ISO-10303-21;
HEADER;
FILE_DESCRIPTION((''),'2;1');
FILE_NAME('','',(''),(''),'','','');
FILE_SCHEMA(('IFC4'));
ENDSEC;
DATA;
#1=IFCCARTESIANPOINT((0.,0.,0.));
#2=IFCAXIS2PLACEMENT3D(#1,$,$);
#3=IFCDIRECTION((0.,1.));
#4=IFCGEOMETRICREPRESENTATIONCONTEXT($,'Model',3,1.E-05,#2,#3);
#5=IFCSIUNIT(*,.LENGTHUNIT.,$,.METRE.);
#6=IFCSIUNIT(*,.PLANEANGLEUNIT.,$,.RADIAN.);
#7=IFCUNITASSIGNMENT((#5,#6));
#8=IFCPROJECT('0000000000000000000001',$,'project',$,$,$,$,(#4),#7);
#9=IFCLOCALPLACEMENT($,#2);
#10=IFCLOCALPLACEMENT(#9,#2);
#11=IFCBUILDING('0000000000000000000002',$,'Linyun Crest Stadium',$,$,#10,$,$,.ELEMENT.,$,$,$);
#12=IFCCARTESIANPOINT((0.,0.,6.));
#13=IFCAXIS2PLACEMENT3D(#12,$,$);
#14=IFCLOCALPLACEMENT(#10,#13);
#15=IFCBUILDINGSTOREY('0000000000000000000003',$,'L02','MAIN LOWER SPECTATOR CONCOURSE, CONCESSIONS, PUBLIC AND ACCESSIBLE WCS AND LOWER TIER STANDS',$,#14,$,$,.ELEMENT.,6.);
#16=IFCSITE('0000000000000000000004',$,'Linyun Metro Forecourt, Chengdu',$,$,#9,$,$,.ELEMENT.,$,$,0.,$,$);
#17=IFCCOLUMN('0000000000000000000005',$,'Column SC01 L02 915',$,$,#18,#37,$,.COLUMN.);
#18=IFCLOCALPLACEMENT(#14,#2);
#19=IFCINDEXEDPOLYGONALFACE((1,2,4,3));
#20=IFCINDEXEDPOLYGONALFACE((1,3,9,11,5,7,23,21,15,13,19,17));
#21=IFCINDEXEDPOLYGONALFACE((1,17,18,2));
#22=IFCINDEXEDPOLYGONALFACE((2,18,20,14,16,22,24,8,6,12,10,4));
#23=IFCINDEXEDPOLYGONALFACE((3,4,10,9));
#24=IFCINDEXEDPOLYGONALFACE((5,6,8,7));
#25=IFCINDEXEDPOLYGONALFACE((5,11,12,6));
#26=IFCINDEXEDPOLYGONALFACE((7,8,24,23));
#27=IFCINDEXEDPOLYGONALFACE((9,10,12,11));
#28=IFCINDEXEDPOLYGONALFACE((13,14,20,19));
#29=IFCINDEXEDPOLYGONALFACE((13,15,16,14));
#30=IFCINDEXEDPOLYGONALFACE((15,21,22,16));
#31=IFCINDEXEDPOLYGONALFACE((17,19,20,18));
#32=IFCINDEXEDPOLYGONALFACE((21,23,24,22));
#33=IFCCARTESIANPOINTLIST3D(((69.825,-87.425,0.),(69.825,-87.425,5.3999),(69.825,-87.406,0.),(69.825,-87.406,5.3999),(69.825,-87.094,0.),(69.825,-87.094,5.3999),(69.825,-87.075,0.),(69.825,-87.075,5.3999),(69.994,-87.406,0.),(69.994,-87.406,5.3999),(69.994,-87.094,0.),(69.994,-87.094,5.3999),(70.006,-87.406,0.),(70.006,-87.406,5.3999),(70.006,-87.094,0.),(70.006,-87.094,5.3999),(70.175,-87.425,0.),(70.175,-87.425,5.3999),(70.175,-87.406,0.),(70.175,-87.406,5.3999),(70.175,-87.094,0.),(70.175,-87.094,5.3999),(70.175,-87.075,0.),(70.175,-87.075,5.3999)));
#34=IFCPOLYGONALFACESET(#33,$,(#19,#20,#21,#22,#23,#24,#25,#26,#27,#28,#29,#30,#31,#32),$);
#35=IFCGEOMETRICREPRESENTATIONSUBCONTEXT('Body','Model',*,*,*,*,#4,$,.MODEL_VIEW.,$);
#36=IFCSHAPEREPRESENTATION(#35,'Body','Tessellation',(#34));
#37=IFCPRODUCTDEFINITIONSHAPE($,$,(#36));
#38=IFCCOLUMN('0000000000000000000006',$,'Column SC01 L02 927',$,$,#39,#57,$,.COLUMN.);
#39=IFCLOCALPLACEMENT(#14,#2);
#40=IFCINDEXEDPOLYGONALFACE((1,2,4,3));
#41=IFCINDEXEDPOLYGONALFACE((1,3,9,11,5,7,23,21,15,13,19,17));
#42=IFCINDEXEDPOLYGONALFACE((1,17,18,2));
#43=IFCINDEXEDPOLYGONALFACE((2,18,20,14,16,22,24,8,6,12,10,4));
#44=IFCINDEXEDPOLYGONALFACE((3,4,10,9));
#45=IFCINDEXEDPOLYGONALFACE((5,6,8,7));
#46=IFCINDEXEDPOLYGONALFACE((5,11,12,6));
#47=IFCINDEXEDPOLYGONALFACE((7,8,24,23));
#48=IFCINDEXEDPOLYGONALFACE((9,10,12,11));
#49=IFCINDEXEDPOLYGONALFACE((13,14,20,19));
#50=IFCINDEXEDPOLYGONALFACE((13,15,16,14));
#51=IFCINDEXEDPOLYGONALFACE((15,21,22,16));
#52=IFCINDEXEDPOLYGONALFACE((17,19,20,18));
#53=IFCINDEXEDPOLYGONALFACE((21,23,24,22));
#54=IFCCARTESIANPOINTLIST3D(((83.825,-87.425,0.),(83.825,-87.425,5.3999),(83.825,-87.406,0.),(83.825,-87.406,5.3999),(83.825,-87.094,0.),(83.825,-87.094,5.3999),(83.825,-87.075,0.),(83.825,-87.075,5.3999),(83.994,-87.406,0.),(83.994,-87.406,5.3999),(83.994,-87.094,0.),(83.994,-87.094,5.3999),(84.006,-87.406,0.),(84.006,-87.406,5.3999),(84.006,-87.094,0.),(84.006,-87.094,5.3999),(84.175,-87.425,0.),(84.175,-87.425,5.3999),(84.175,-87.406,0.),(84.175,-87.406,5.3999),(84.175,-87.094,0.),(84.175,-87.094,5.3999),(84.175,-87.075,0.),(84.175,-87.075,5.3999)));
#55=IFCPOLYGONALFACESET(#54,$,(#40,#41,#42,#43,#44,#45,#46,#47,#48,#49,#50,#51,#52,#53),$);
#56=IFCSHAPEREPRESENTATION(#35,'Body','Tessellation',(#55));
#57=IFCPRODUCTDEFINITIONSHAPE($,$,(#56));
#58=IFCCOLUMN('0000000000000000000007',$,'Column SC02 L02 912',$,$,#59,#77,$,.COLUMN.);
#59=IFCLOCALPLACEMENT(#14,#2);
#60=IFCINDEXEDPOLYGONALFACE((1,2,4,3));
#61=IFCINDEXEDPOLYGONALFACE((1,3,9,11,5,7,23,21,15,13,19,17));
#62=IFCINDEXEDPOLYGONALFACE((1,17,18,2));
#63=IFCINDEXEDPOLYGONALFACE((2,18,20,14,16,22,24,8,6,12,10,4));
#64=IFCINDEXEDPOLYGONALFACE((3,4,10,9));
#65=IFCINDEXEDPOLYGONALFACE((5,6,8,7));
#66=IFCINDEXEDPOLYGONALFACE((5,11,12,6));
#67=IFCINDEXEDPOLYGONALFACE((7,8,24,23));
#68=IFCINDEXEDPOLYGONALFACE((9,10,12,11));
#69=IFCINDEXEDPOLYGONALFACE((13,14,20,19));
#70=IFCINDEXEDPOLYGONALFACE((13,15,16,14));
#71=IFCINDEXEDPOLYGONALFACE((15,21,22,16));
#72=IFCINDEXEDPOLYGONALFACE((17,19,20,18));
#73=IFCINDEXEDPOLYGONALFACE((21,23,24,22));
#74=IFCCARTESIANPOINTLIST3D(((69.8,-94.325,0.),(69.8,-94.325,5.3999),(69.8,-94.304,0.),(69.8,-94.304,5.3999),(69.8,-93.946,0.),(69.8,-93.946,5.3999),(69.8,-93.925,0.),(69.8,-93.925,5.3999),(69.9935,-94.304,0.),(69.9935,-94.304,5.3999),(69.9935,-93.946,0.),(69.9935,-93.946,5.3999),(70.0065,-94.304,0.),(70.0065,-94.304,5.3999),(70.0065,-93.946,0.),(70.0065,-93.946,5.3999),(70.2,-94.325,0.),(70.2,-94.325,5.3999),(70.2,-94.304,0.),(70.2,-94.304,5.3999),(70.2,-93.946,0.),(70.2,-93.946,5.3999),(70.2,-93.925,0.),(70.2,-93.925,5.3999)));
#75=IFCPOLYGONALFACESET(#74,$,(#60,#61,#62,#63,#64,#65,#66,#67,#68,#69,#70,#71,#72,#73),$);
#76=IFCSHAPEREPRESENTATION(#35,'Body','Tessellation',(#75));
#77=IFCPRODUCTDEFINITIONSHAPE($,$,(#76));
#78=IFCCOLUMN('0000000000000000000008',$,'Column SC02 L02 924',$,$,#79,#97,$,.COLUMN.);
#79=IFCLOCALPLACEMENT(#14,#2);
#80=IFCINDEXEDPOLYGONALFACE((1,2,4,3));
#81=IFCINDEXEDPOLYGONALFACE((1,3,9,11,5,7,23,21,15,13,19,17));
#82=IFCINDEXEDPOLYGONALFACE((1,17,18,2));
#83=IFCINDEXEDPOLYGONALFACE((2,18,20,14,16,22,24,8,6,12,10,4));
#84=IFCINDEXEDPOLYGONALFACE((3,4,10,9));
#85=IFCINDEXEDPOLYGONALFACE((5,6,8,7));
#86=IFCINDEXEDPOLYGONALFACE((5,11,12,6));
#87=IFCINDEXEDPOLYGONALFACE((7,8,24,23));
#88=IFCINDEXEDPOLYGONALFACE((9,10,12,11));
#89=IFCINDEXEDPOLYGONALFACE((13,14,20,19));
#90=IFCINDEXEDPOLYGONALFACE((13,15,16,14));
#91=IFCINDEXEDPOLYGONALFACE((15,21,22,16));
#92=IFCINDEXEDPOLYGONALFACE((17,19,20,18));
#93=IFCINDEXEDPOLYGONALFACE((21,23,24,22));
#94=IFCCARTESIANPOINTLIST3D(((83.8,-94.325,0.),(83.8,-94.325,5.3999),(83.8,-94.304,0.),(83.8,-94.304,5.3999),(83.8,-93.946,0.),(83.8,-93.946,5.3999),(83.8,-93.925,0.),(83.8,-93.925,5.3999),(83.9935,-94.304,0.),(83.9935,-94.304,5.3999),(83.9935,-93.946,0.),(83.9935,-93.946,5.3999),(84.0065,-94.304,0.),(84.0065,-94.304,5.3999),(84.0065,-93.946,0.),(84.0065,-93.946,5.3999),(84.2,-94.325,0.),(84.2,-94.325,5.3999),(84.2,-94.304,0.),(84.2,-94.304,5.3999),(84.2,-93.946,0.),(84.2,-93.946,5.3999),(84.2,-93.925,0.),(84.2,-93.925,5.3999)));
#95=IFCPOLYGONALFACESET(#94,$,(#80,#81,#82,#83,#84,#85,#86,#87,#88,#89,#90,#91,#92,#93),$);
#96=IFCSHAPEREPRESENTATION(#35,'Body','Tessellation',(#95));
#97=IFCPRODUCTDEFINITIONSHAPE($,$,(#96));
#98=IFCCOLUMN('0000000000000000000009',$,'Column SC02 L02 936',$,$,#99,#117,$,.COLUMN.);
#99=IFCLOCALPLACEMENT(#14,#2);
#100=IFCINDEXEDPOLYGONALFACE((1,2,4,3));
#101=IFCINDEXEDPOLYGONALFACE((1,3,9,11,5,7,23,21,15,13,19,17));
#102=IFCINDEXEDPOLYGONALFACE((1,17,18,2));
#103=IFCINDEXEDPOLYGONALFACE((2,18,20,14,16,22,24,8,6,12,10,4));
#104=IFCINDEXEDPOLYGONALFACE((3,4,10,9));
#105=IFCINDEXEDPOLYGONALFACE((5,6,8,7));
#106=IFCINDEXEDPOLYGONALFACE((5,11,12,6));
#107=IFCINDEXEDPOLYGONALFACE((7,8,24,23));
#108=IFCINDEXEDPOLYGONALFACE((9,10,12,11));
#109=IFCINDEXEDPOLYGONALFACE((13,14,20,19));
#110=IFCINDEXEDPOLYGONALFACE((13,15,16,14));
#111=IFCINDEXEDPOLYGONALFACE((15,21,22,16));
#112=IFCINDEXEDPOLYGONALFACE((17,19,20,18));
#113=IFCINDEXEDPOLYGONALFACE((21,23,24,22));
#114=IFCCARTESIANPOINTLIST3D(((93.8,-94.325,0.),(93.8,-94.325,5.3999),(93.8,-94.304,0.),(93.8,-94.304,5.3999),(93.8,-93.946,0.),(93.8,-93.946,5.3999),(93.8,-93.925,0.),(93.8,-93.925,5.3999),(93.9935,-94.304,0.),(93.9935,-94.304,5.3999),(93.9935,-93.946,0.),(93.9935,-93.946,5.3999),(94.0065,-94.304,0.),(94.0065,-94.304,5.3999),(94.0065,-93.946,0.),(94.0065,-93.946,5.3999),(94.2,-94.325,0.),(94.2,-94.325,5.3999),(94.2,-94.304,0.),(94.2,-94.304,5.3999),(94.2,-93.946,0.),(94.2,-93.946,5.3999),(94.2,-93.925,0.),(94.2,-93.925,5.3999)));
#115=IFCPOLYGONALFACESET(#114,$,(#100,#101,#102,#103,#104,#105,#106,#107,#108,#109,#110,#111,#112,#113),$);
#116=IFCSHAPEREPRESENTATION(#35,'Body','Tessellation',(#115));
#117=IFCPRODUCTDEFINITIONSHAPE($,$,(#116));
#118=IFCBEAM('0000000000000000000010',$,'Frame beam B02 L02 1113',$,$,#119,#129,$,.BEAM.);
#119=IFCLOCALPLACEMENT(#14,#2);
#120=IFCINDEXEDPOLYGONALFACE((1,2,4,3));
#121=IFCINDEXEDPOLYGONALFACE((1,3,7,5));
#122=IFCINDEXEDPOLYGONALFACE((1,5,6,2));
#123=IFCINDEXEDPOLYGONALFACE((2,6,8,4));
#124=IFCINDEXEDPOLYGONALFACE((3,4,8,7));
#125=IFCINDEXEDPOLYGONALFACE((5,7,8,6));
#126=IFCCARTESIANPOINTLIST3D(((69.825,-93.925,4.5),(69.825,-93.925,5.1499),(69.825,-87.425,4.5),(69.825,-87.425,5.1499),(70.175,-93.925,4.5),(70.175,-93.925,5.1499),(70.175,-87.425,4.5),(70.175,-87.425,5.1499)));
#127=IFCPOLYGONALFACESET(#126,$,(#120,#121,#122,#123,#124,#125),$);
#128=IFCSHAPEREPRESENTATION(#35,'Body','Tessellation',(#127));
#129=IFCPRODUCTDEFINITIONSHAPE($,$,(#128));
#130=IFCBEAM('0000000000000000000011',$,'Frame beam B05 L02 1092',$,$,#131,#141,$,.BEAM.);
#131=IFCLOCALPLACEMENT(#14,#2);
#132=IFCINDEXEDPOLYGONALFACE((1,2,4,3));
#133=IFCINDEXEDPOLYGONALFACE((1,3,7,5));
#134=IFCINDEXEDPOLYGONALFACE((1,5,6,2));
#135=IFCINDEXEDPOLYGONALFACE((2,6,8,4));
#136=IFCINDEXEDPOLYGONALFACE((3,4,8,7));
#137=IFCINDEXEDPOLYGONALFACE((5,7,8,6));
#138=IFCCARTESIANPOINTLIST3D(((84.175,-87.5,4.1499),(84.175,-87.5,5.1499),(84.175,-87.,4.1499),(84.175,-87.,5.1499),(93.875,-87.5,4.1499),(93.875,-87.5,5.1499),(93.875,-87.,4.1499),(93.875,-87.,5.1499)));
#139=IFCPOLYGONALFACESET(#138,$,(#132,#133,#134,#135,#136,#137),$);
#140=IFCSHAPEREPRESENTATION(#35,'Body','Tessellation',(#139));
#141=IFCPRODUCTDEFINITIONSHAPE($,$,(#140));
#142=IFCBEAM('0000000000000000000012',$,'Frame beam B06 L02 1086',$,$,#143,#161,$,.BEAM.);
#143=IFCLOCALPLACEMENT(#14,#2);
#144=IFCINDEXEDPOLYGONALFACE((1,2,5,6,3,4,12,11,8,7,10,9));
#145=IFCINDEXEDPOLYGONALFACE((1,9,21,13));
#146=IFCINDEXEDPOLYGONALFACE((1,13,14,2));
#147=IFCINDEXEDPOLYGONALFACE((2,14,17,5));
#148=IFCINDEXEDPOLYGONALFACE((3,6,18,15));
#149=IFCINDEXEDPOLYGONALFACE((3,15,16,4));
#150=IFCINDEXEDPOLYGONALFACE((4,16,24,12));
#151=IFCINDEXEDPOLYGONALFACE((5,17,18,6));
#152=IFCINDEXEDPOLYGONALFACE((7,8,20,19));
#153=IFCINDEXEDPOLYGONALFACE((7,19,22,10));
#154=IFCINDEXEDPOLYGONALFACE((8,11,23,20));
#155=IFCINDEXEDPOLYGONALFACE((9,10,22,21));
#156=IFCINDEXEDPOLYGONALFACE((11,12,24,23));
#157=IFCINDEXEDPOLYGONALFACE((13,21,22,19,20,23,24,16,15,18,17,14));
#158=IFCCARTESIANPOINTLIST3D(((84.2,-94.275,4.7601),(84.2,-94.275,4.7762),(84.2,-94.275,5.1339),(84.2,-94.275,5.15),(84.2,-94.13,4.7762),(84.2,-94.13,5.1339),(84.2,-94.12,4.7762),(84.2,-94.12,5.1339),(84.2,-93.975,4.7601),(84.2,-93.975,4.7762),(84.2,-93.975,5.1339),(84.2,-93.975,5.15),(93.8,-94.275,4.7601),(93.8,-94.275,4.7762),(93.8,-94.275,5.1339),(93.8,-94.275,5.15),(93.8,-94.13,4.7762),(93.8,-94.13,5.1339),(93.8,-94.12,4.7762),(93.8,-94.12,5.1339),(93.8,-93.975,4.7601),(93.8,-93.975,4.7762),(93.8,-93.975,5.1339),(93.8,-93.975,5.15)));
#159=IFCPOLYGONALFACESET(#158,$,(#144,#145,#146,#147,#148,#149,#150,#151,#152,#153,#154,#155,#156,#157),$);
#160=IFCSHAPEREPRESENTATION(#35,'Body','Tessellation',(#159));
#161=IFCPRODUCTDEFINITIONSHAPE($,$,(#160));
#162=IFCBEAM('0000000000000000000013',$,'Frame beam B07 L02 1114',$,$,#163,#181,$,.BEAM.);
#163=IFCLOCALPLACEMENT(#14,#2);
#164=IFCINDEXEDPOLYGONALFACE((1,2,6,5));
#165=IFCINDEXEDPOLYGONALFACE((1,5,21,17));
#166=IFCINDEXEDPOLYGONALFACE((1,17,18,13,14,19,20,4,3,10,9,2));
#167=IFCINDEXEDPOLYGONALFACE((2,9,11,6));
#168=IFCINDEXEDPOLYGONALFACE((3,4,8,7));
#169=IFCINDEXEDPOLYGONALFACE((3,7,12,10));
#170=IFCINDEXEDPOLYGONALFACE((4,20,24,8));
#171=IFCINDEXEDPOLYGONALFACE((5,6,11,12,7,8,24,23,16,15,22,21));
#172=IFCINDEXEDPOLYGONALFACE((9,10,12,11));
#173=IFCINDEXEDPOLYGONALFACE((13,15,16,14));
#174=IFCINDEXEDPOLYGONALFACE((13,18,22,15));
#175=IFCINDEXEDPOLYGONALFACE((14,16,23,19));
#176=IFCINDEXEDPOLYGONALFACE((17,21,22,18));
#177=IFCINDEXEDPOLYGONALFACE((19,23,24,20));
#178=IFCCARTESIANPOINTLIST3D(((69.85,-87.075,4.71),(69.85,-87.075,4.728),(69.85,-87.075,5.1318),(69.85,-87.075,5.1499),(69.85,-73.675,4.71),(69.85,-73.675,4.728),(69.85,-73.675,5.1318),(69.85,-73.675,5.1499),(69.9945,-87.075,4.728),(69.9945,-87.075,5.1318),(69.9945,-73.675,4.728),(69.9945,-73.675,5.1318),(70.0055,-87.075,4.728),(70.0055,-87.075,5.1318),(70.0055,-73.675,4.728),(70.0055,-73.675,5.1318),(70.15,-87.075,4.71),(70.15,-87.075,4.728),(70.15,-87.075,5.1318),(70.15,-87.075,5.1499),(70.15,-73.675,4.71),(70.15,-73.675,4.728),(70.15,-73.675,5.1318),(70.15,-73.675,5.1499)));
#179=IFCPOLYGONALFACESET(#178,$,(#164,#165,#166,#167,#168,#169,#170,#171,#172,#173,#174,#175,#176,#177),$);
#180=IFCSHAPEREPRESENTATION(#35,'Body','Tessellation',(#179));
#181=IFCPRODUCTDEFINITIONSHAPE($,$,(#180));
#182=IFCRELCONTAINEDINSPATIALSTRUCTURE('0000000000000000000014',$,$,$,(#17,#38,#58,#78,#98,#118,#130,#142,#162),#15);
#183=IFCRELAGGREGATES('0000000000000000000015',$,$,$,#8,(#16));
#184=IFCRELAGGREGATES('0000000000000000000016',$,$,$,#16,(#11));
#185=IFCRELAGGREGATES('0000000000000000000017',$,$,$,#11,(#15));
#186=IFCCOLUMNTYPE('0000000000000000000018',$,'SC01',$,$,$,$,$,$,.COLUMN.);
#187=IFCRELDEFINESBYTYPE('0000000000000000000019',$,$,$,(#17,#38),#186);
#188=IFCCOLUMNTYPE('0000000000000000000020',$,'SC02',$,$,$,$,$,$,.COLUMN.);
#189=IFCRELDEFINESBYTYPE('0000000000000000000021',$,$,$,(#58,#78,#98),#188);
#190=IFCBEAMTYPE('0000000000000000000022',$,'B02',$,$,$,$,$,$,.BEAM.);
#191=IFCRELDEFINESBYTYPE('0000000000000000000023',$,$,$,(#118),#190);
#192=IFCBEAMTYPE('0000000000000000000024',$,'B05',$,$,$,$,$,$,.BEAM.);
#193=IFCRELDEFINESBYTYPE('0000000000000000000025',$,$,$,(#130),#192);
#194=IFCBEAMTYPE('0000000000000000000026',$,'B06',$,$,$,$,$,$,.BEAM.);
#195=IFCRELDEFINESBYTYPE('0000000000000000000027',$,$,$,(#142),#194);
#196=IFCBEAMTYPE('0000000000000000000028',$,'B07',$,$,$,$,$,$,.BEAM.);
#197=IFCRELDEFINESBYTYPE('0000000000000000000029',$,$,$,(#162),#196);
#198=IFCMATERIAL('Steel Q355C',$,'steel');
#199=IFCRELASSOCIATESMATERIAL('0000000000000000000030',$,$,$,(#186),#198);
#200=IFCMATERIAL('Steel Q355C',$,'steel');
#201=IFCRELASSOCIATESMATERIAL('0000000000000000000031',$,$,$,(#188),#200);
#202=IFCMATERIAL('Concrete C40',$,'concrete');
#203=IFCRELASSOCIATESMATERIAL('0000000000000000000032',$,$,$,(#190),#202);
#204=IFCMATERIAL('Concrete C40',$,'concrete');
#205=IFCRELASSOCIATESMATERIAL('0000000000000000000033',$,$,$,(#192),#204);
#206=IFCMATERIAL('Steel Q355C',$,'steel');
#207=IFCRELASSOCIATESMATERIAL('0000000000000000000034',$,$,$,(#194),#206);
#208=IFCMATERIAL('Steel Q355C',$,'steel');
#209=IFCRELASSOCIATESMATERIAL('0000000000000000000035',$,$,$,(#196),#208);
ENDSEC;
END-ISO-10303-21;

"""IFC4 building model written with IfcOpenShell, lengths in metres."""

from ifc_helpers import new_model, si_unit, direction, frame, origin, origin_2d, place, context, subcontext, project, spatial, rectangle, i_section, extrude, material, material_profile, profile_set, type_object, element, save


model = new_model("IFC4")

# Units and contexts
model_context = context("Model", 3, precision=1e-05, world=origin(), true_north=direction((0.0, 1.0)))
body_context = subcontext(model_context, "Body", "Model", "MODEL_VIEW")
ifc_project = project(units=[si_unit("LENGTHUNIT", "METRE"), si_unit("PLANEANGLEUNIT", "RADIAN")], contexts=[model_context])

# Site, building, storey
site_placement = place(None, origin())
site = spatial("IfcSite", under=ifc_project, at=site_placement, Name="Linyun Metro Forecourt, Chengdu", CompositionType="ELEMENT", RefElevation=0.0)
building_placement = place(site_placement, origin())
building = spatial("IfcBuilding", under=site, at=building_placement, Name="Linyun Crest Stadium", CompositionType="ELEMENT")
storey_placement = place(building_placement, frame((0.0, 0.0, 6.0)))
storey = spatial("IfcBuildingStorey", under=building, at=storey_placement, Name="L02", Description="MAIN LOWER SPECTATOR CONCOURSE, CONCESSIONS, PUBLIC AND ACCESSIBLE WCS AND LOWER TIER STANDS", CompositionType="ELEMENT", Elevation=6.0)

# Columns
ifc_material_1 = material(Name="Steel Q355C", Category="steel")
ifc_material_profile_1 = material_profile(ifc_material_1, i_section(OverallWidth=0.3501, OverallDepth=0.3501, WebThickness=0.012, FlangeThickness=0.019, at=origin_2d()), Name="HW 350x350")
ifc_profile_set_1 = profile_set([ifc_material_profile_1], Name="Steel Q355C")
column_type_1 = type_object("IfcColumnType", Name="SC01", PredefinedType="COLUMN", material=ifc_profile_set_1)
for number, where, z_axis, x_axis, name in (
    (1, (70.0, -87.25, 0.0), (0.0, 0.0, 1.0), (1.0, 0.0, 0.0), "Column SC01 L02 915"),
    (2, (84.0, -87.25, 0.0), (0.0, 0.0, 1.0), (1.0, 0.0, 0.0), "Column SC01 L02 927"),
):
    element("IfcColumn", number, at=place(storey_placement, frame(where, z_axis=z_axis, x_axis=x_axis)), inside=storey, type_object=column_type_1, Name=name, PredefinedType="COLUMN", context=body_context, shape_type="SweptSolid", body=[
        extrude(i_section(OverallWidth=0.3501, OverallDepth=0.3501, WebThickness=0.012, FlangeThickness=0.019, at=origin_2d()), origin(), (0.0, 0.0, 1.0), 5.3999),
    ])
ifc_material_2 = material(Name="Steel Q355C", Category="steel")
ifc_material_profile_2 = material_profile(ifc_material_2, i_section(OverallWidth=0.3999, OverallDepth=0.3999, WebThickness=0.0129, FlangeThickness=0.021, at=origin_2d()), Name="HW 400x400")
ifc_profile_set_2 = profile_set([ifc_material_profile_2], Name="Steel Q355C")
column_type_2 = type_object("IfcColumnType", Name="SC02", PredefinedType="COLUMN", material=ifc_profile_set_2)
for number, where, z_axis, x_axis, name in (
    (3, (70.0, -94.125, 0.0), (0.0, 0.0, 1.0), (1.0, 0.0, 0.0), "Column SC02 L02 912"),
    (4, (84.0, -94.125, 0.0), (0.0, 0.0, 1.0), (1.0, 0.0, 0.0), "Column SC02 L02 924"),
    (5, (94.0, -94.125, 0.0), (0.0, 0.0, 1.0), (1.0, 0.0, 0.0), "Column SC02 L02 936"),
):
    element("IfcColumn", number, at=place(storey_placement, frame(where, z_axis=z_axis, x_axis=x_axis)), inside=storey, type_object=column_type_2, Name=name, PredefinedType="COLUMN", context=body_context, shape_type="SweptSolid", body=[
        extrude(i_section(OverallWidth=0.3999, OverallDepth=0.3999, WebThickness=0.0129, FlangeThickness=0.021, at=origin_2d()), origin(), (0.0, 0.0, 1.0), 5.3999),
    ])

# Beams
ifc_material_3 = material(Name="Concrete C40", Category="concrete")
ifc_material_profile_3 = material_profile(ifc_material_3, rectangle(XDim=0.3501, YDim=0.6499, at=origin_2d()), Name="RCB 650x350")
ifc_profile_set_3 = profile_set([ifc_material_profile_3], Name="Concrete C40")
beam_type_1 = type_object("IfcBeamType", Name="B02", PredefinedType="BEAM", material=ifc_profile_set_3)
beam_1_placement = place(storey_placement, frame((70.0, -93.925, 4.825), z_axis=(0.0, 1.0, 0.0), x_axis=(-1.0, 0.0, 0.0)))
element("IfcBeam", 6, at=beam_1_placement, inside=storey, type_object=beam_type_1, Name="Frame beam B02 L02 1113", PredefinedType="BEAM", context=body_context, shape_type="SweptSolid", body=[
    extrude(rectangle(XDim=0.3501, YDim=0.6499, at=origin_2d()), origin(), (0.0, 0.0, 1.0), 6.5),
])
ifc_material_4 = material(Name="Concrete C40", Category="concrete")
ifc_material_profile_4 = material_profile(ifc_material_4, rectangle(XDim=0.5, YDim=1.0, at=origin_2d()), Name="RCB 1000x500")
ifc_profile_set_4 = profile_set([ifc_material_profile_4], Name="Concrete C40")
beam_type_2 = type_object("IfcBeamType", Name="B05", PredefinedType="BEAM", material=ifc_profile_set_4)
beam_2_placement = place(storey_placement, frame((84.175, -87.25, 4.6499), z_axis=(1.0, 0.0, 0.0), x_axis=(0.0, 1.0, 0.0)))
element("IfcBeam", 7, at=beam_2_placement, inside=storey, type_object=beam_type_2, Name="Frame beam B05 L02 1092", PredefinedType="BEAM", context=body_context, shape_type="SweptSolid", body=[
    extrude(rectangle(XDim=0.5, YDim=1.0, at=origin_2d()), origin(), (0.0, 0.0, 1.0), 9.7),
])
ifc_material_5 = material(Name="Steel Q355C", Category="steel")
ifc_material_profile_5 = material_profile(ifc_material_5, i_section(OverallWidth=0.3, OverallDepth=0.3899, WebThickness=0.01, FlangeThickness=0.0161, at=origin_2d()), Name="HM 390x300")
ifc_profile_set_5 = profile_set([ifc_material_profile_5], Name="Steel Q355C")
beam_type_3 = type_object("IfcBeamType", Name="B06", PredefinedType="BEAM", material=ifc_profile_set_5)
beam_3_placement = place(storey_placement, frame((84.2, -94.125, 4.9551), z_axis=(1.0, 0.0, 0.0), x_axis=(0.0, 1.0, 0.0)))
element("IfcBeam", 8, at=beam_3_placement, inside=storey, type_object=beam_type_3, Name="Frame beam B06 L02 1086", PredefinedType="BEAM", context=body_context, shape_type="SweptSolid", body=[
    extrude(i_section(OverallWidth=0.3, OverallDepth=0.3899, WebThickness=0.01, FlangeThickness=0.0161, at=origin_2d()), origin(), (0.0, 0.0, 1.0), 9.6001),
])
ifc_material_6 = material(Name="Steel Q355C", Category="steel")
ifc_material_profile_6 = material_profile(ifc_material_6, i_section(OverallWidth=0.3, OverallDepth=0.4399, WebThickness=0.011, FlangeThickness=0.0181, at=origin_2d()), Name="HM 440x300")
ifc_profile_set_6 = profile_set([ifc_material_profile_6], Name="Steel Q355C")
beam_type_4 = type_object("IfcBeamType", Name="B07", PredefinedType="BEAM", material=ifc_profile_set_6)
beam_4_placement = place(storey_placement, frame((70.0, -87.075, 4.9299), z_axis=(0.0, 1.0, 0.0), x_axis=(-1.0, 0.0, 0.0)))
element("IfcBeam", 9, at=beam_4_placement, inside=storey, type_object=beam_type_4, Name="Frame beam B07 L02 1114", PredefinedType="BEAM", context=body_context, shape_type="SweptSolid", body=[
    extrude(i_section(OverallWidth=0.3, OverallDepth=0.4399, WebThickness=0.011, FlangeThickness=0.0181, at=origin_2d()), origin(), (0.0, 0.0, 1.0), 13.3999),
])

save(model, "model.ifc")
